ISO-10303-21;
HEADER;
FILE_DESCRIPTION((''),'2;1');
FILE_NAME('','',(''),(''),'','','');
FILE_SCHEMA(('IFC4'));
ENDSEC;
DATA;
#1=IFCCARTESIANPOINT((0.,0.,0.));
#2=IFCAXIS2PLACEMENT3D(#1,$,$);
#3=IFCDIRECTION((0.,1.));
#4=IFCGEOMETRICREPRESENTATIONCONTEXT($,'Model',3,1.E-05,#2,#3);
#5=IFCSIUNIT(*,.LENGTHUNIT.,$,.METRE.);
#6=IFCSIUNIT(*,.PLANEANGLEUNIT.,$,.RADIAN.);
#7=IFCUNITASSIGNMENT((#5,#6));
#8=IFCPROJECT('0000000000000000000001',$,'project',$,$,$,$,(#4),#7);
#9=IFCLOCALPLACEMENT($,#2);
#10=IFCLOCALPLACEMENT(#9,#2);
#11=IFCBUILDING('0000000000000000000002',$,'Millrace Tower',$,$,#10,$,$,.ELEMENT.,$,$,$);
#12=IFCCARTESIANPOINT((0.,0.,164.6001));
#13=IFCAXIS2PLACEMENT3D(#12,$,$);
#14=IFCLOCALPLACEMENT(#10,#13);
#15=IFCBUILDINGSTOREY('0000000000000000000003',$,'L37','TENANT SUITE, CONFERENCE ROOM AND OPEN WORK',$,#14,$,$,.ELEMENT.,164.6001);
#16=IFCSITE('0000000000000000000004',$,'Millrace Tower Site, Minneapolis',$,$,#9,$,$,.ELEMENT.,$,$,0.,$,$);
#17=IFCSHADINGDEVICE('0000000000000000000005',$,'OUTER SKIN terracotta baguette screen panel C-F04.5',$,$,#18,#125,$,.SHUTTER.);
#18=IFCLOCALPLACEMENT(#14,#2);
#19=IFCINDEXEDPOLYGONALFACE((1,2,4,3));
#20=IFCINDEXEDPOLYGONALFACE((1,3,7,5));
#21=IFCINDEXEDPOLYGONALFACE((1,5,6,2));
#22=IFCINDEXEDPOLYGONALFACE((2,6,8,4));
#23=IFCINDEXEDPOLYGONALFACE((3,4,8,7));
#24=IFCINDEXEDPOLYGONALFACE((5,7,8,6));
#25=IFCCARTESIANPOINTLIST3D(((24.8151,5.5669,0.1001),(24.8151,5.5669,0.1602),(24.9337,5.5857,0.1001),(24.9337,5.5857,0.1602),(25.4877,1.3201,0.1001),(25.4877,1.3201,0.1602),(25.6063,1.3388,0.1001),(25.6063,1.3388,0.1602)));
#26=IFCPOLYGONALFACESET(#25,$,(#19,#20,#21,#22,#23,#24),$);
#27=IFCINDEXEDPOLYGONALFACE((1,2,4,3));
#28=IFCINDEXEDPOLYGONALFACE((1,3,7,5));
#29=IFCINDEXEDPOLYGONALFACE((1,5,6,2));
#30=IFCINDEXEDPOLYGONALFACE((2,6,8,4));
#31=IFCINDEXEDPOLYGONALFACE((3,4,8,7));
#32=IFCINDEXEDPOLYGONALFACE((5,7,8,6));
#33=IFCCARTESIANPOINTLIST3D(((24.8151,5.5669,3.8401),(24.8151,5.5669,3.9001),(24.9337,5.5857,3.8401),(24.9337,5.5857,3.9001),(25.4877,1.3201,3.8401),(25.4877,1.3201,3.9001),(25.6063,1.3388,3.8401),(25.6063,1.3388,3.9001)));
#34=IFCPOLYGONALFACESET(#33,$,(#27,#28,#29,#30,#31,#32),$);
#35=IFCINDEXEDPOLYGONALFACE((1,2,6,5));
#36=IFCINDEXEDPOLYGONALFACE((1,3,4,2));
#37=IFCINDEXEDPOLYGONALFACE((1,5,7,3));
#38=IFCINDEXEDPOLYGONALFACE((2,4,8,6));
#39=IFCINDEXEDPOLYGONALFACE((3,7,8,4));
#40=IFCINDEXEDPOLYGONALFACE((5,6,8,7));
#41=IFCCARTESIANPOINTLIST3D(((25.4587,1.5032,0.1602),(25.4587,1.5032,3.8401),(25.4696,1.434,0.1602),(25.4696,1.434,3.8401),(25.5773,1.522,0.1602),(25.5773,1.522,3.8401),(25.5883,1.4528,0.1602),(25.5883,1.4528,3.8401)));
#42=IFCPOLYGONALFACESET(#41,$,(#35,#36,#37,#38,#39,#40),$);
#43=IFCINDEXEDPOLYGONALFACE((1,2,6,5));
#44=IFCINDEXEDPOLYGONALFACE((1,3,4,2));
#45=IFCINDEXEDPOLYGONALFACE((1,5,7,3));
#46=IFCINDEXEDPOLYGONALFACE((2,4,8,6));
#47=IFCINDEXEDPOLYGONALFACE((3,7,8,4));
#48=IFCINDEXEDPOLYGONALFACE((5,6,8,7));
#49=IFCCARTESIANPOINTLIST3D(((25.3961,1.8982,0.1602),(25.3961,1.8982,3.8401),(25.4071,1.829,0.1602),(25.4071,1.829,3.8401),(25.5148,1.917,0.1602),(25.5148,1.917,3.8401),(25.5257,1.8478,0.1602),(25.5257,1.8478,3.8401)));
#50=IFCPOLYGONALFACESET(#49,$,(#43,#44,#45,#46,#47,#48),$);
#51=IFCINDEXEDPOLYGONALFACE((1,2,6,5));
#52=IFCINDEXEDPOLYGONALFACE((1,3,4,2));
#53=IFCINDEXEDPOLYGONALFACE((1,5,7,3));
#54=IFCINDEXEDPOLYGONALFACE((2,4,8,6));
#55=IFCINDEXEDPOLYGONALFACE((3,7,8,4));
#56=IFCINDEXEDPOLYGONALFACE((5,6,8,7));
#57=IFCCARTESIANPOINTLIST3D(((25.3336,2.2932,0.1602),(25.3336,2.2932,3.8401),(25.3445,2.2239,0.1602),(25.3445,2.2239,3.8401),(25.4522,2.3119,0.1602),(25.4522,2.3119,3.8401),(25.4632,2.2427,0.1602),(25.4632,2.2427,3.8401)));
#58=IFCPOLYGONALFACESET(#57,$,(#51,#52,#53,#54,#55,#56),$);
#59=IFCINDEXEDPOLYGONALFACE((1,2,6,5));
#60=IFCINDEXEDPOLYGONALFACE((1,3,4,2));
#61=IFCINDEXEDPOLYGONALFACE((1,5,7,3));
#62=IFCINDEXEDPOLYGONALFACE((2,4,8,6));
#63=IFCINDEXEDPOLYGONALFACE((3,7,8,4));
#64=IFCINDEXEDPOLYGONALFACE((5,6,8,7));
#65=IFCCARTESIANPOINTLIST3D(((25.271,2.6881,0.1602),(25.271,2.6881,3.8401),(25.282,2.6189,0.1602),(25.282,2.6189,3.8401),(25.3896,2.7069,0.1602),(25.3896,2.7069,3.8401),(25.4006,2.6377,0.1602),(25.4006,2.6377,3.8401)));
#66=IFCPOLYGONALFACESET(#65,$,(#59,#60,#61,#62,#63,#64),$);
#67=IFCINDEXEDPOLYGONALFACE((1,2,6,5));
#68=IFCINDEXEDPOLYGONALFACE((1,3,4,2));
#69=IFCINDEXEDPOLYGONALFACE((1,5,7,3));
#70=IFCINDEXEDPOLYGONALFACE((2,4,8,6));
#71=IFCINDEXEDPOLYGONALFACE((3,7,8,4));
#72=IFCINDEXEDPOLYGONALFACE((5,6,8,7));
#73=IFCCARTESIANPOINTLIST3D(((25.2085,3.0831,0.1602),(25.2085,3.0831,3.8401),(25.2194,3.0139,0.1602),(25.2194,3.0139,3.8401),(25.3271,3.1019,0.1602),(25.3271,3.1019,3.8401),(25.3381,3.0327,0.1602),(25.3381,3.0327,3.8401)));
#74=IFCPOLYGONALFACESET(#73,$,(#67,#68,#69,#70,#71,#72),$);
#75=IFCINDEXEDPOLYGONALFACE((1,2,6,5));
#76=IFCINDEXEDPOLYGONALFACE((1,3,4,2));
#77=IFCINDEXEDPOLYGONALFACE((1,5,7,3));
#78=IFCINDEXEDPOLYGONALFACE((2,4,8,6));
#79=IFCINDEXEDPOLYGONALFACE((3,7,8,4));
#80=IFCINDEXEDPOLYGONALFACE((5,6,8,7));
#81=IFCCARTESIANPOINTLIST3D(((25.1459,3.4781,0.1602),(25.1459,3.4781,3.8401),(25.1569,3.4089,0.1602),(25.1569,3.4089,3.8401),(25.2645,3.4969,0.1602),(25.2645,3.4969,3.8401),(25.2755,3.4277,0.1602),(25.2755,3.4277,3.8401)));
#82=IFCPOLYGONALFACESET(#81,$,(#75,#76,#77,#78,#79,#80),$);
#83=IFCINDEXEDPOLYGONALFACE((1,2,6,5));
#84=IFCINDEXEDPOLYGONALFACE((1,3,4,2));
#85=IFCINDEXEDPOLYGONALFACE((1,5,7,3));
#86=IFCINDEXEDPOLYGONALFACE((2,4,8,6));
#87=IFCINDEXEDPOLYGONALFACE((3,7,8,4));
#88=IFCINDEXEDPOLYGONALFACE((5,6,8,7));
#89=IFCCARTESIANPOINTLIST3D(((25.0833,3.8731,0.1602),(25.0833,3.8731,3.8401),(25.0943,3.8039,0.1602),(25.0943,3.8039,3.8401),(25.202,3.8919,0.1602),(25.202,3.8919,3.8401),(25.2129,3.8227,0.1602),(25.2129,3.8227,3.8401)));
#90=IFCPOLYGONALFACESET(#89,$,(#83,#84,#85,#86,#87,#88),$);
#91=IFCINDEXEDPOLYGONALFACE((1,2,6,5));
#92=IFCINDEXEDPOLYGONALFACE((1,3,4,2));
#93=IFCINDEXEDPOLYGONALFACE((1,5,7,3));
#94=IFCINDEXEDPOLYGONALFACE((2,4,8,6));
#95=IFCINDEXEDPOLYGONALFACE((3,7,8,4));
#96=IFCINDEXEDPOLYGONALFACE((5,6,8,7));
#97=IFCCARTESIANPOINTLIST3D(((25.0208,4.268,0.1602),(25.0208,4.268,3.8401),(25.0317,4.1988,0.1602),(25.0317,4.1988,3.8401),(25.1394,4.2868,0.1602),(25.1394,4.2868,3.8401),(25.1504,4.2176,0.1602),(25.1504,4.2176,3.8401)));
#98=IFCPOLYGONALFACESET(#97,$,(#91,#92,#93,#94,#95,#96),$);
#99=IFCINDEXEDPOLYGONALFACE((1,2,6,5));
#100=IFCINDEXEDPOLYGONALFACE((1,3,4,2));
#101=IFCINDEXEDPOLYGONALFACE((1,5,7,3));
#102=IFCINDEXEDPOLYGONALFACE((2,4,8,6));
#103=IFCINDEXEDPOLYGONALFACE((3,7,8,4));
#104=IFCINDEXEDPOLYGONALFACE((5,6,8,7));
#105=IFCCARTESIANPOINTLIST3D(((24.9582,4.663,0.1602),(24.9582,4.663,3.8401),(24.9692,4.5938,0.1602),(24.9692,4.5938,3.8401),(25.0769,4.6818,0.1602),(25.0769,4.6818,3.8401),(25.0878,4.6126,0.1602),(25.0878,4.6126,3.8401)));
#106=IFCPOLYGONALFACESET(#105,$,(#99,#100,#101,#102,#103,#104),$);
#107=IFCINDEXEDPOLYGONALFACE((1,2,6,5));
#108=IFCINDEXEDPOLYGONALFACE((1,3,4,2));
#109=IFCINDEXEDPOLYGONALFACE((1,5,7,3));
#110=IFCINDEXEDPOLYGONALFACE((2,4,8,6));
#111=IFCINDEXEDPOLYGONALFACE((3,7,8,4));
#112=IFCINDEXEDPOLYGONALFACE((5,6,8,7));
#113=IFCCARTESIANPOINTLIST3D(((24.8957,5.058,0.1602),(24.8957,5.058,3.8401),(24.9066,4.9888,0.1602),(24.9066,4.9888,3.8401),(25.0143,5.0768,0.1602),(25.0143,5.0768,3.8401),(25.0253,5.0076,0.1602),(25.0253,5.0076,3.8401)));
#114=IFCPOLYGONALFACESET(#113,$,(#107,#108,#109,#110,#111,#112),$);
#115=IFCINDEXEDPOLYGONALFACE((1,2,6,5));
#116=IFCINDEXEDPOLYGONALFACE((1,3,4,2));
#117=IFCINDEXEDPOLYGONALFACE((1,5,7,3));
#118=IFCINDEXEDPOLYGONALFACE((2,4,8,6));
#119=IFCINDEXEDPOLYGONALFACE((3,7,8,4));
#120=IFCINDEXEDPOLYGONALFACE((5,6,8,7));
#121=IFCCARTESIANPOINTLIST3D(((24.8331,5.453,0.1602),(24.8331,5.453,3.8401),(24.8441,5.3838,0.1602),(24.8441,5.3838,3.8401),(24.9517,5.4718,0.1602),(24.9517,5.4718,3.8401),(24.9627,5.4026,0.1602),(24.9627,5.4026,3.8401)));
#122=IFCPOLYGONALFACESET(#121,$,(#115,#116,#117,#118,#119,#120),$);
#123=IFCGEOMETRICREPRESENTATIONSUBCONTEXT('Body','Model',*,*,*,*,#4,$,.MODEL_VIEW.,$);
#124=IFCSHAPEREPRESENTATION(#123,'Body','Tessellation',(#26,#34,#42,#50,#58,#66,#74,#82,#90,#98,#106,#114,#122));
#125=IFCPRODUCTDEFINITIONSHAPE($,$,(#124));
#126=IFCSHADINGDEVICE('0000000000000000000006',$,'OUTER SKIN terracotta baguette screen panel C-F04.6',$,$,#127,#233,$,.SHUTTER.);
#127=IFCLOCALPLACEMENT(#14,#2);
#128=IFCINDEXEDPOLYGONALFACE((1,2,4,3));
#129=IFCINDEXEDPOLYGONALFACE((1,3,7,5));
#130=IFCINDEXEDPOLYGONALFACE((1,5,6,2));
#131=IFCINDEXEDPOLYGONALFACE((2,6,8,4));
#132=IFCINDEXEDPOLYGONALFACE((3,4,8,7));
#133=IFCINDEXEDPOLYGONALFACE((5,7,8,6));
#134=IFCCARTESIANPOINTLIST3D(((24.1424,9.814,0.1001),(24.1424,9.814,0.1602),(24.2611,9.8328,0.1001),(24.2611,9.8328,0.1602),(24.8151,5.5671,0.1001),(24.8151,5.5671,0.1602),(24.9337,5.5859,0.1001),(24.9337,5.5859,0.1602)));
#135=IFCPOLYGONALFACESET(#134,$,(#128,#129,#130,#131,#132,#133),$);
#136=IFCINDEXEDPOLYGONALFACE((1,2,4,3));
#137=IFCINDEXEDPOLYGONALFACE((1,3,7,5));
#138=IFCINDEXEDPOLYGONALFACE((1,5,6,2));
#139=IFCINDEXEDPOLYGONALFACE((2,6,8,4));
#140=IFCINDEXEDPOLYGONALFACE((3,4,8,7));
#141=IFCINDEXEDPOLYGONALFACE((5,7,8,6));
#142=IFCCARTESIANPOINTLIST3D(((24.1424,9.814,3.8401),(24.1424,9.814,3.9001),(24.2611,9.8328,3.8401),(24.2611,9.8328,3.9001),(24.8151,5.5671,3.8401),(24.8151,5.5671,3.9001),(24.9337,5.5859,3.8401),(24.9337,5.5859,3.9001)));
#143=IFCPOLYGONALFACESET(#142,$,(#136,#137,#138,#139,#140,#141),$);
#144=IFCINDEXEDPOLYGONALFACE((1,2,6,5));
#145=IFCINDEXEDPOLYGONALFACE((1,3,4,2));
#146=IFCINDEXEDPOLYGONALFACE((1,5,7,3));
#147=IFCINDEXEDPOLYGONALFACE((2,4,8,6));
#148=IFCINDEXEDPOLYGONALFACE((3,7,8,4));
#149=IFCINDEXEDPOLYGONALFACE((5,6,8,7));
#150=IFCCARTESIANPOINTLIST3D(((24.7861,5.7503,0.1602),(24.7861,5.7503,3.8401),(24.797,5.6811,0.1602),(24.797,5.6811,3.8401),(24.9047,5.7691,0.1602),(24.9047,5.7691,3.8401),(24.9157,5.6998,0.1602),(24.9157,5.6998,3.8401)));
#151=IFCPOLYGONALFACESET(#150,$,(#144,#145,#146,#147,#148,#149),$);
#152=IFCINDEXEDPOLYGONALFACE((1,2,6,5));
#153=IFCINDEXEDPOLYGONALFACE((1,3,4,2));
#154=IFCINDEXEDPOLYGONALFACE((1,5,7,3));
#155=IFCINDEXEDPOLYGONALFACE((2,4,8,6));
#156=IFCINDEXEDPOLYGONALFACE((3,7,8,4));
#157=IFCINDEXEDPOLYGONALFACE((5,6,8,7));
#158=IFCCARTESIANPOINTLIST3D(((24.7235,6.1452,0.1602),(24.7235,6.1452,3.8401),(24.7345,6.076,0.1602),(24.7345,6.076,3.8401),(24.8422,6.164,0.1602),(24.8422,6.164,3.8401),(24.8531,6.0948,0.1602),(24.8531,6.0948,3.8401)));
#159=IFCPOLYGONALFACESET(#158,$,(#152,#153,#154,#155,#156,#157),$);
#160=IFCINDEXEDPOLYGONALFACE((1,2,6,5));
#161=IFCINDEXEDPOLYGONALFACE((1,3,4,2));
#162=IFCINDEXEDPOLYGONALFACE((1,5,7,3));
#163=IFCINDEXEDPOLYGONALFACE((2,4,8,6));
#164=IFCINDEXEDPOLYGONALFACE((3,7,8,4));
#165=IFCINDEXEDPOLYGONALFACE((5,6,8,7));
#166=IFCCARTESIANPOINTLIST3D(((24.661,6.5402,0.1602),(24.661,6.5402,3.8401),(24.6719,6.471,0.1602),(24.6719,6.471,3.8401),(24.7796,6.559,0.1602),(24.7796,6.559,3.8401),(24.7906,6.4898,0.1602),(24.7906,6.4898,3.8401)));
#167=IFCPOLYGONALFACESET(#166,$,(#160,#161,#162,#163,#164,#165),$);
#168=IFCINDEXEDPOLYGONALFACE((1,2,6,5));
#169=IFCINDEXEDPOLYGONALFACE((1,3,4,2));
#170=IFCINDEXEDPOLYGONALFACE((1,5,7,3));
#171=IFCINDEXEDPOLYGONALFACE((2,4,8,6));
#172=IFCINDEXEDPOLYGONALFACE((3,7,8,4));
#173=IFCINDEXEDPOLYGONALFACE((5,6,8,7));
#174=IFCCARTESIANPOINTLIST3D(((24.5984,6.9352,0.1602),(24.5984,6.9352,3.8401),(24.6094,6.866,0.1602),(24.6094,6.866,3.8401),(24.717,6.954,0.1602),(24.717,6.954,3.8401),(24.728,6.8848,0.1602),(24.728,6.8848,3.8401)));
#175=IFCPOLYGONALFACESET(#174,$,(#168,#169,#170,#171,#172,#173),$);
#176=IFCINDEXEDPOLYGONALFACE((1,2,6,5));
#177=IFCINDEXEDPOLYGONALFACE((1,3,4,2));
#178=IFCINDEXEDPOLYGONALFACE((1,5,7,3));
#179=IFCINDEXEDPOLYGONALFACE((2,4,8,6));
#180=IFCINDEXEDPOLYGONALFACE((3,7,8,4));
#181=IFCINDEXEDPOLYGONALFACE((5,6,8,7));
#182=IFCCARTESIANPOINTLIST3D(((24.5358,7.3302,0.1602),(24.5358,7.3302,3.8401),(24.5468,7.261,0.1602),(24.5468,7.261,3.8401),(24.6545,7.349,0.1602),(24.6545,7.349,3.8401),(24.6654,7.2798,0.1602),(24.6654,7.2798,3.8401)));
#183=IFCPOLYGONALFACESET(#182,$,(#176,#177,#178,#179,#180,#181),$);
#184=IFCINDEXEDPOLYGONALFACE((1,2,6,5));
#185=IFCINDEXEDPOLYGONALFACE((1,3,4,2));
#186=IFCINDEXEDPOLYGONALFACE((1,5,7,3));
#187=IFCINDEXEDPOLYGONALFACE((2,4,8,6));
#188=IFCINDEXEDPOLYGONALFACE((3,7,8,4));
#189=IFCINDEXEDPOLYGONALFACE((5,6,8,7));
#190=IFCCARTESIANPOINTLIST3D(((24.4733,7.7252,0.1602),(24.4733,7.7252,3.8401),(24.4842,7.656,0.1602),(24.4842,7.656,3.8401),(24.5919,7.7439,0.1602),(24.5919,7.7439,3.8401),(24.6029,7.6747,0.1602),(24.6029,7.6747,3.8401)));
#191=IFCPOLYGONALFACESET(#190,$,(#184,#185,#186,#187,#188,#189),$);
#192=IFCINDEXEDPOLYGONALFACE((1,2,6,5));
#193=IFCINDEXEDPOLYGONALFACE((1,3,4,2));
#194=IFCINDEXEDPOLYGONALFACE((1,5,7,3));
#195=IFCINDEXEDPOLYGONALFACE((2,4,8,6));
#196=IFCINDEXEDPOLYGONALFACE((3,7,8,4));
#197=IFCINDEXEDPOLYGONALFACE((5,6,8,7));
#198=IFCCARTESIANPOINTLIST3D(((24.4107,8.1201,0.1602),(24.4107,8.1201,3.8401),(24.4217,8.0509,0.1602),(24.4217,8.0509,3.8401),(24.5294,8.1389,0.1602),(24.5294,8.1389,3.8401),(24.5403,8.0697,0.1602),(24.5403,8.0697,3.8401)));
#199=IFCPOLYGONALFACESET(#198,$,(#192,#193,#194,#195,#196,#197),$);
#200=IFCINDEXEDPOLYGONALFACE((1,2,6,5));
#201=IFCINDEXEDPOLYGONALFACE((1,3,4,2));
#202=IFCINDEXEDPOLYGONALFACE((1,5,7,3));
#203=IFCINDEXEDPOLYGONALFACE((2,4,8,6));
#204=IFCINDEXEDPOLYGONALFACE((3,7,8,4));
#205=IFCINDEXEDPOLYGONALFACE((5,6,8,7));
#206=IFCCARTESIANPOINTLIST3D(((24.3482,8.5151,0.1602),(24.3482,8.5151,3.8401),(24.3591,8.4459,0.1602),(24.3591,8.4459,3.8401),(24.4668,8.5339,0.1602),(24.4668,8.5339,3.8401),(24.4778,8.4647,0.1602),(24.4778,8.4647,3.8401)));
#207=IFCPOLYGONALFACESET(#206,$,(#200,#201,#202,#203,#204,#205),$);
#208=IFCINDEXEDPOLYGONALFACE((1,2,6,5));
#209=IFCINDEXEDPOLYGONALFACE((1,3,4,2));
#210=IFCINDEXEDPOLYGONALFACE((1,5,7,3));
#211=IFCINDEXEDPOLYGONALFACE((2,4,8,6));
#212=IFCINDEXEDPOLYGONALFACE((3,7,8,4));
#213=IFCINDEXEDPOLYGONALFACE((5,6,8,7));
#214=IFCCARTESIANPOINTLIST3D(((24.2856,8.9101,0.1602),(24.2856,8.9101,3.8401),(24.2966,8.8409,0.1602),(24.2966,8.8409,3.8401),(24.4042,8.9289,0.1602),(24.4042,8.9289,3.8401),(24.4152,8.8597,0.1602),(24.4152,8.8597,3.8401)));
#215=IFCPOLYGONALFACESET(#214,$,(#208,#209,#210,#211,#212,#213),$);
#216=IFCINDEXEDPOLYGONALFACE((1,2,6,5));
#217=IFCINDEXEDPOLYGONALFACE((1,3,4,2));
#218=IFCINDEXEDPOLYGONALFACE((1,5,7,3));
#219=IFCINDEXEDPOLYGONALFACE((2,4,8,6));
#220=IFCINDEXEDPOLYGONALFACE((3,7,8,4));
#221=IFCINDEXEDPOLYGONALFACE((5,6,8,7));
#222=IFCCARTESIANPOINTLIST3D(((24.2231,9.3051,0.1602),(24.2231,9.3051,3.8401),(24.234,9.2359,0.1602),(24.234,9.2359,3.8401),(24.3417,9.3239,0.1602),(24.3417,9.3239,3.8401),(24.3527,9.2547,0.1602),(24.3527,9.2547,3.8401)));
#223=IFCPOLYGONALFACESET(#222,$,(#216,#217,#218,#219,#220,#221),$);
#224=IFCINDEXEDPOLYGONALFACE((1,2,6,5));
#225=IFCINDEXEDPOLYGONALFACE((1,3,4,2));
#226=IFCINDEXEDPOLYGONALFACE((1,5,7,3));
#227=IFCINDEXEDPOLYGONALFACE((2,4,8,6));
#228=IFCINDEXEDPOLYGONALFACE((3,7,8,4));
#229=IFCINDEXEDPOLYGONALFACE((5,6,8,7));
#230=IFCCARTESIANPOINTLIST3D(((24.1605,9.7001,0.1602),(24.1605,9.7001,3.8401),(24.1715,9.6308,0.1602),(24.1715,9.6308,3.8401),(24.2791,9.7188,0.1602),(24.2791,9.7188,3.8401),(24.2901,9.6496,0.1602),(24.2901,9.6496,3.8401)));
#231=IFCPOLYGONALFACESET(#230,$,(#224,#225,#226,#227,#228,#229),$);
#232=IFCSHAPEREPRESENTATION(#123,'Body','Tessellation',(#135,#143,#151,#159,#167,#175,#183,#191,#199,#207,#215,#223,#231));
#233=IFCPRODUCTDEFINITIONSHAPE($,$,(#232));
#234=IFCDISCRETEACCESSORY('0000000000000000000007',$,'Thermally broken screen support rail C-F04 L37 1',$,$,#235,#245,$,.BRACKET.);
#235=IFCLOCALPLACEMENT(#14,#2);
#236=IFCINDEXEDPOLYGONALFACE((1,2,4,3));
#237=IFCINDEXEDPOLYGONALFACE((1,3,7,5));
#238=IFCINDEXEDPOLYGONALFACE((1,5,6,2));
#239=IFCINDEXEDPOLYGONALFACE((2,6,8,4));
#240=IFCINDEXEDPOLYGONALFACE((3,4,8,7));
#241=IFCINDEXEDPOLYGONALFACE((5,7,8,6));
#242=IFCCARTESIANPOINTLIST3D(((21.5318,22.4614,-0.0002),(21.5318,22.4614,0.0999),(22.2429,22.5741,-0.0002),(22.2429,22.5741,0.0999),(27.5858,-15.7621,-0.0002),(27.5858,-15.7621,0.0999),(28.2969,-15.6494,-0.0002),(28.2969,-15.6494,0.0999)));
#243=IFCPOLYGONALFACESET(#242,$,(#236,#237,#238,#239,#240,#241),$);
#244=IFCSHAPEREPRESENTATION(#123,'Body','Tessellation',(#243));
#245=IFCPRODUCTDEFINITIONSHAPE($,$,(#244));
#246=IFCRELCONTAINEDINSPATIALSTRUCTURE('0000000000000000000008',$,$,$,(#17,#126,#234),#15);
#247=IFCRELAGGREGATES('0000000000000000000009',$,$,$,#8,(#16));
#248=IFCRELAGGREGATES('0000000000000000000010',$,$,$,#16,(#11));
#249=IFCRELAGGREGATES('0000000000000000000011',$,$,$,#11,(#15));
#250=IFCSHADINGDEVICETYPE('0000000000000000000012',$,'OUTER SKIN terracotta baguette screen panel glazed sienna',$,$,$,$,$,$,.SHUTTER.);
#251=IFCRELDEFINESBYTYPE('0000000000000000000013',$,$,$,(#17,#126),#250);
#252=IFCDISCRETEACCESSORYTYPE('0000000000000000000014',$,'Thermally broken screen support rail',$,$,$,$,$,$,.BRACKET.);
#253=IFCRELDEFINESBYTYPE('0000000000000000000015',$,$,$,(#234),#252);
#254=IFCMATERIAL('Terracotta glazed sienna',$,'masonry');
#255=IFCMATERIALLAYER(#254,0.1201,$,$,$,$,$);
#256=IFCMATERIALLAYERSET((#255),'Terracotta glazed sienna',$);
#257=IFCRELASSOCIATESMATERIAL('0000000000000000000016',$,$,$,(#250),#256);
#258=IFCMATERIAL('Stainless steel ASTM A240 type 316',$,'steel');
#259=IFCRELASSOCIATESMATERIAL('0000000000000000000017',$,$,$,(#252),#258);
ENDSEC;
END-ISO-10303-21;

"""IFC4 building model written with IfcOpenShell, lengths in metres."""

from ifc_helpers import new_model, entity, si_unit, direction, frame, frame_2d, origin, origin_2d, place, context, subcontext, project, spatial, rectangle, extrude, source, transform, mapped, material, layer, layer_set, type_object, element, save


model = new_model("IFC4")

# Units and contexts
model_context = context("Model", 3, precision=1e-05, world=origin(), true_north=direction((0.0, 1.0)))
body_context = subcontext(model_context, "Body", "Model", "MODEL_VIEW")
ifc_project = project(units=[si_unit("LENGTHUNIT", "METRE"), si_unit("PLANEANGLEUNIT", "RADIAN")], contexts=[model_context])

# Site, building, storey
site_placement = place(None, origin())
site = spatial("IfcSite", under=ifc_project, at=site_placement, Name="Millrace Tower Site, Minneapolis", CompositionType="ELEMENT", RefElevation=0.0)
building_placement = place(site_placement, origin())
building = spatial("IfcBuilding", under=site, at=building_placement, Name="Millrace Tower", CompositionType="ELEMENT")
storey_placement = place(building_placement, frame((0.0, 0.0, 164.6001)))
storey = spatial("IfcBuildingStorey", under=building, at=storey_placement, Name="L37", Description="TENANT SUITE, CONFERENCE ROOM AND OPEN WORK", CompositionType="ELEMENT", Elevation=164.6001)

# Shading devices
ifc_material_1 = material(Name="Terracotta glazed sienna", Category="masonry")
ifc_layer_1 = layer(ifc_material_1, 0.1201)
ifc_layer_set_1 = layer_set([ifc_layer_1], Name="Terracotta glazed sienna")
shading_device_type = type_object("IfcShadingDeviceType", Name="OUTER SKIN terracotta baguette screen panel glazed sienna", PredefinedType="SHUTTER", material=ifc_layer_set_1)
cartesian_point = entity("IfcCartesianPoint", [-2.1499, 0.0601])
shared_polyline = entity("IfcPolyline", [cartesian_point, entity("IfcCartesianPoint", [2.1499, 0.0601]), entity("IfcCartesianPoint", [2.1499, -0.0601]), entity("IfcCartesianPoint", [-2.1499, -0.0601]), cartesian_point])
shared_shape = source(origin(), body_context, "Body", "SweptSolid", [
    entity("IfcExtrudedAreaSolid", entity("IfcArbitraryClosedProfileDef", "AREA", None, shared_polyline), entity("IfcAxis2Placement3D", entity("IfcCartesianPoint", [0.0, 0.0, 0.0])), entity("IfcDirection", [0.0, 0.0, 1.0]), 0.0601),
    entity("IfcExtrudedAreaSolid", entity("IfcArbitraryClosedProfileDef", "AREA", None, shared_polyline), entity("IfcAxis2Placement3D", entity("IfcCartesianPoint", [0.0, 0.0, 3.74])), entity("IfcDirection", [0.0, 0.0, 1.0]), 0.0601),
    extrude(rectangle(XDim=0.0701, YDim=0.1201, at=frame_2d((-1.9995, 0.0))), frame((0.0, 0.0, 0.0601)), (0.0, 0.0, 1.0), 3.6799),
    extrude(rectangle(XDim=0.0701, YDim=0.1201, at=frame_2d((-1.5996, 0.0))), frame((0.0, 0.0, 0.0601)), (0.0, 0.0, 1.0), 3.6799),
    extrude(rectangle(XDim=0.0701, YDim=0.1201, at=frame_2d((-1.1997, 0.0))), frame((0.0, 0.0, 0.0601)), (0.0, 0.0, 1.0), 3.6799),
    extrude(rectangle(XDim=0.0701, YDim=0.1201, at=frame_2d((-0.7998, 0.0))), frame((0.0, 0.0, 0.0601)), (0.0, 0.0, 1.0), 3.6799),
    extrude(rectangle(XDim=0.0701, YDim=0.1201, at=frame_2d((-0.3999, 0.0))), frame((0.0, 0.0, 0.0601)), (0.0, 0.0, 1.0), 3.6799),
    extrude(rectangle(XDim=0.0701, YDim=0.1201, at=origin_2d()), frame((0.0, 0.0, 0.0601)), (0.0, 0.0, 1.0), 3.6799),
    extrude(rectangle(XDim=0.0701, YDim=0.1201, at=frame_2d((0.3999, 0.0))), frame((0.0, 0.0, 0.0601)), (0.0, 0.0, 1.0), 3.6799),
    extrude(rectangle(XDim=0.0701, YDim=0.1201, at=frame_2d((0.7998, 0.0))), frame((0.0, 0.0, 0.0601)), (0.0, 0.0, 1.0), 3.6799),
    extrude(rectangle(XDim=0.0701, YDim=0.1201, at=frame_2d((1.1997, 0.0))), frame((0.0, 0.0, 0.0601)), (0.0, 0.0, 1.0), 3.6799),
    extrude(rectangle(XDim=0.0701, YDim=0.1201, at=frame_2d((1.5996, 0.0))), frame((0.0, 0.0, 0.0601)), (0.0, 0.0, 1.0), 3.6799),
    extrude(rectangle(XDim=0.0701, YDim=0.1201, at=frame_2d((1.9995, 0.0))), frame((0.0, 0.0, 0.0601)), (0.0, 0.0, 1.0), 3.6799),
])
for number, where, z_axis, x_axis, name in (
    (1, (25.2107, 3.4529, 0.1001), (0.0, 0.0, 1.0), (-0.156434, 0.987688, 0.0), "OUTER SKIN terracotta baguette screen panel C-F04.5"),
    (2, (24.5381, 7.7, 0.1001), (0.0, 0.0, 1.0), (-0.156434, 0.987688, 0.0), "OUTER SKIN terracotta baguette screen panel C-F04.6"),
):
    element("IfcShadingDevice", number, at=place(storey_placement, frame(where, z_axis=z_axis, x_axis=x_axis)), inside=storey, type_object=shading_device_type, Name=name, PredefinedType="SHUTTER", context=body_context, shape_type="MappedRepresentation", body=[
        mapped(shared_shape, transform((0.0, 0.0, 0.0), scale=1.0)),
    ])

# Discrete accessory
ifc_material_2 = material(Name="Stainless steel ASTM A240 type 316", Category="steel")
discrete_accessory_type = type_object("IfcDiscreteAccessoryType", Name="Thermally broken screen support rail", PredefinedType="BRACKET", material=ifc_material_2)
discrete_accessory_placement = place(storey_placement, frame((24.9143, 3.406, -0.0002), z_axis=(0.0, 0.0, 1.0), x_axis=(-0.156434, 0.987688, 0.0)))
element("IfcDiscreteAccessory", 3, at=discrete_accessory_placement, inside=storey, type_object=discrete_accessory_type, Name="Thermally broken screen support rail C-F04 L37 1", PredefinedType="BRACKET", context=body_context, shape_type="SweptSolid", body=[
    extrude(rectangle(XDim=38.7, YDim=0.72, at=origin_2d()), origin(), (0.0, 0.0, 1.0), 0.1001),
])

save(model, "model.ifc")
